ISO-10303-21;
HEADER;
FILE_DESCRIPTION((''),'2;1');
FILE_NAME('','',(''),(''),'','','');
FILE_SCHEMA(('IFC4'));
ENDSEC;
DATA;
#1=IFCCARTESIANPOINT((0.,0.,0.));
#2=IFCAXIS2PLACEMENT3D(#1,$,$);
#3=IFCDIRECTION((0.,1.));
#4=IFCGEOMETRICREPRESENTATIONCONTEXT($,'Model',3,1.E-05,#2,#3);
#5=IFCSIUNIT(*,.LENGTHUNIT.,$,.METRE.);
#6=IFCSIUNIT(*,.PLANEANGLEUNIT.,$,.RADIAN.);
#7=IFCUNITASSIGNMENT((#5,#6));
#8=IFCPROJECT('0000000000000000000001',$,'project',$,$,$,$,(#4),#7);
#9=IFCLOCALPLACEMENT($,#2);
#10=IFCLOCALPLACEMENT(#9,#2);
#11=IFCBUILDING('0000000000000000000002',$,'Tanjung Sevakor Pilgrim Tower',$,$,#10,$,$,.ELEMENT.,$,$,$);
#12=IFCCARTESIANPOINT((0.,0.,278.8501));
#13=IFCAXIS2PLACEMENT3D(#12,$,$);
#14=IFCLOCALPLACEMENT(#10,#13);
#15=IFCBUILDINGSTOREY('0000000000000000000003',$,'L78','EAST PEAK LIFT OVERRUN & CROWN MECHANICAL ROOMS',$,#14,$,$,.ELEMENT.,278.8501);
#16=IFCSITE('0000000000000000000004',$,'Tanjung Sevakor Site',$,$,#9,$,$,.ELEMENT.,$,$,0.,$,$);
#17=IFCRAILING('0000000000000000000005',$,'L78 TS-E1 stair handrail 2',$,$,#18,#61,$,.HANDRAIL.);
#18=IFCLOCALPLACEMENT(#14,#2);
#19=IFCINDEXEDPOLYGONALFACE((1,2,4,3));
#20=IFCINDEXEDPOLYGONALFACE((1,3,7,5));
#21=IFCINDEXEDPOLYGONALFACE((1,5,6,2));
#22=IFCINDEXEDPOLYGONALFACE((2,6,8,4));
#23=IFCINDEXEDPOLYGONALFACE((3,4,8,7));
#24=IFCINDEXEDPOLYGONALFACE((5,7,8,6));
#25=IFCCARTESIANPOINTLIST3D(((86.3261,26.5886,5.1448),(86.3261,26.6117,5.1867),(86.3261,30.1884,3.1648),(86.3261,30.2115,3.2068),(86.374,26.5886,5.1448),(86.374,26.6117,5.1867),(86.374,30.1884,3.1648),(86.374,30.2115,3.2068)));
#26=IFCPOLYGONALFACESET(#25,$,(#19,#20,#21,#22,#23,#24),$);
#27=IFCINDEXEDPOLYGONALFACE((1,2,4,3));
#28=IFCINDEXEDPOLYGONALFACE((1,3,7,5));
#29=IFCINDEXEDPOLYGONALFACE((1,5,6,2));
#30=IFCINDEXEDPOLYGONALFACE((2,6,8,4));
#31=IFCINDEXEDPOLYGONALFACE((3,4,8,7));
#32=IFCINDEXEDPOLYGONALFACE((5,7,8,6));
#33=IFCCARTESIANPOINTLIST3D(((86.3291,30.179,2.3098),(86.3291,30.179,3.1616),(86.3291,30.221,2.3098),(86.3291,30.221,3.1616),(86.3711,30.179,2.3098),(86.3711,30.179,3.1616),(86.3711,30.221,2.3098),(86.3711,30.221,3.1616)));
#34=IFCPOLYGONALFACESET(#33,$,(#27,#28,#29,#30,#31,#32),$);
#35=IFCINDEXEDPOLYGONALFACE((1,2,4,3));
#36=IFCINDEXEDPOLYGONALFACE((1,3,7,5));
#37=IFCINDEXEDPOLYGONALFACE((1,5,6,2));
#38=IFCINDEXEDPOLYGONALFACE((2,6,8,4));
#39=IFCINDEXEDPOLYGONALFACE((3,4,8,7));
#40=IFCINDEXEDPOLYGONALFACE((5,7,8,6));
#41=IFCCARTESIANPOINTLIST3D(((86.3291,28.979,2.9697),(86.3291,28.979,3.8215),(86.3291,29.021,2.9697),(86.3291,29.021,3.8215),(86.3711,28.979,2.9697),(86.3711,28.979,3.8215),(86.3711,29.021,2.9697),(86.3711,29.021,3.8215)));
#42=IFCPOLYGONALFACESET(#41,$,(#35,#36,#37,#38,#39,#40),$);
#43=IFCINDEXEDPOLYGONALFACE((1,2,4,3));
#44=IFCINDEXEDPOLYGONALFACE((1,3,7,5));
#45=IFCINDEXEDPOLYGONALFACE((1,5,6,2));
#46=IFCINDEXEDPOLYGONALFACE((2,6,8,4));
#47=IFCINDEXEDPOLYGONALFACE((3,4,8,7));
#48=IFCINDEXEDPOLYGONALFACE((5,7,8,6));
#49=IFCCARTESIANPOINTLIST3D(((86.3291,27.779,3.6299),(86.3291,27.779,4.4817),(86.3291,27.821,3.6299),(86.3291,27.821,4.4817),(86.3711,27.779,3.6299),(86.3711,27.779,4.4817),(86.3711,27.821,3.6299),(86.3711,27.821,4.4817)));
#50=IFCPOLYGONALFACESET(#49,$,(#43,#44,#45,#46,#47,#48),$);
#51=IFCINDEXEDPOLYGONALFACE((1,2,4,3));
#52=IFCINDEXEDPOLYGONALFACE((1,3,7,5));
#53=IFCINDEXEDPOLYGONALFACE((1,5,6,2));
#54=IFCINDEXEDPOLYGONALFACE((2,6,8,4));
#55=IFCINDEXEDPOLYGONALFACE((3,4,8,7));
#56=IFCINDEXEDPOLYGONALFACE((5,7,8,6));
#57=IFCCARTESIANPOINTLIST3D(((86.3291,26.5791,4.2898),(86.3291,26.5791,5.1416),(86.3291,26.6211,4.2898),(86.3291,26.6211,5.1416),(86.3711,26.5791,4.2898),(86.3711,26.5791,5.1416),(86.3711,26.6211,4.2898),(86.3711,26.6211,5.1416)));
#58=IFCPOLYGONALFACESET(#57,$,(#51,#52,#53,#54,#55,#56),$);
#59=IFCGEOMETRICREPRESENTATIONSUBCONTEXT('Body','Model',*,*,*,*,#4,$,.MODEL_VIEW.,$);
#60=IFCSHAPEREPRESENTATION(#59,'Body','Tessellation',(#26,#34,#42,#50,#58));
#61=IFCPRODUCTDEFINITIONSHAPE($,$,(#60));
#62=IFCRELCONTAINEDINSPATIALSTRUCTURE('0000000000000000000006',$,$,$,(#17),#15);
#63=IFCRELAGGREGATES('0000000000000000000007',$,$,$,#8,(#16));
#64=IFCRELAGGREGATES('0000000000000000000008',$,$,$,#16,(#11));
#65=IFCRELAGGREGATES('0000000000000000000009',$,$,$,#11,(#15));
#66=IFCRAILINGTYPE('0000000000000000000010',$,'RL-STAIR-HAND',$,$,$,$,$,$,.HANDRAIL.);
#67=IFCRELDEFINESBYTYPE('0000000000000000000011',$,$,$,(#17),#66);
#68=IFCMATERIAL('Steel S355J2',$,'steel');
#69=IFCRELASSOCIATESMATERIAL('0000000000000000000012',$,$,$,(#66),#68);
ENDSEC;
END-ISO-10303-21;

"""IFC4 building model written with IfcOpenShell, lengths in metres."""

from ifc_helpers import new_model, si_unit, direction, frame, origin, place, context, subcontext, project, spatial, rectangle, extrude, material, type_object, element, save


model = new_model("IFC4")

# Units and contexts
model_context = context("Model", 3, precision=1e-05, world=origin(), true_north=direction((0.0, 1.0)))
body_context = subcontext(model_context, "Body", "Model", "MODEL_VIEW")
ifc_project = project(units=[si_unit("LENGTHUNIT", "METRE"), si_unit("PLANEANGLEUNIT", "RADIAN")], contexts=[model_context])

# Site, building, storey
site_placement = place(None, origin())
site = spatial("IfcSite", under=ifc_project, at=site_placement, Name="Tanjung Sevakor Site", CompositionType="ELEMENT", RefElevation=0.0)
building_placement = place(site_placement, origin())
building = spatial("IfcBuilding", under=site, at=building_placement, Name="Tanjung Sevakor Pilgrim Tower", CompositionType="ELEMENT")
storey_placement = place(building_placement, frame((0.0, 0.0, 278.8501)))
storey = spatial("IfcBuildingStorey", under=building, at=storey_placement, Name="L78", Description="EAST PEAK LIFT OVERRUN & CROWN MECHANICAL ROOMS", CompositionType="ELEMENT", Elevation=278.8501)

# Railing
ifc_material_1 = material(Name="Steel S355J2", Category="steel")
railing_type_1 = type_object("IfcRailingType", Name="RL-STAIR-HAND", PredefinedType="HANDRAIL", material=ifc_material_1)
railing_1_placement = place(storey_placement, frame((86.3501, 30.2, 2.3098)))
element("IfcRailing", 1, at=railing_1_placement, inside=storey, type_object=railing_type_1, Name="L78 TS-E1 stair handrail 2", PredefinedType="HANDRAIL", context=body_context, shape_type="SweptSolid", body=[
    extrude(rectangle(XDim=0.0479, YDim=0.0479), frame((0.0, 0.0, 0.876), z_axis=(0.0, -0.87621, 0.48193), x_axis=(1.0, 0.0, 0.0)), (0.0, 0.0, 1.0), 4.1084),
    extrude(rectangle(XDim=0.042, YDim=0.042), origin(), (0.0, 0.0, 1.0), 0.8518),
    extrude(rectangle(XDim=0.042, YDim=0.042), frame((0.0, -1.2, 0.6599)), (0.0, 0.0, 1.0), 0.8518),
    extrude(rectangle(XDim=0.042, YDim=0.042), frame((0.0, -2.3999, 1.3201)), (0.0, 0.0, 1.0), 0.8518),
    extrude(rectangle(XDim=0.042, YDim=0.042), frame((0.0, -3.5999, 1.98)), (0.0, 0.0, 1.0), 0.8518),
])

save(model, "model.ifc")
